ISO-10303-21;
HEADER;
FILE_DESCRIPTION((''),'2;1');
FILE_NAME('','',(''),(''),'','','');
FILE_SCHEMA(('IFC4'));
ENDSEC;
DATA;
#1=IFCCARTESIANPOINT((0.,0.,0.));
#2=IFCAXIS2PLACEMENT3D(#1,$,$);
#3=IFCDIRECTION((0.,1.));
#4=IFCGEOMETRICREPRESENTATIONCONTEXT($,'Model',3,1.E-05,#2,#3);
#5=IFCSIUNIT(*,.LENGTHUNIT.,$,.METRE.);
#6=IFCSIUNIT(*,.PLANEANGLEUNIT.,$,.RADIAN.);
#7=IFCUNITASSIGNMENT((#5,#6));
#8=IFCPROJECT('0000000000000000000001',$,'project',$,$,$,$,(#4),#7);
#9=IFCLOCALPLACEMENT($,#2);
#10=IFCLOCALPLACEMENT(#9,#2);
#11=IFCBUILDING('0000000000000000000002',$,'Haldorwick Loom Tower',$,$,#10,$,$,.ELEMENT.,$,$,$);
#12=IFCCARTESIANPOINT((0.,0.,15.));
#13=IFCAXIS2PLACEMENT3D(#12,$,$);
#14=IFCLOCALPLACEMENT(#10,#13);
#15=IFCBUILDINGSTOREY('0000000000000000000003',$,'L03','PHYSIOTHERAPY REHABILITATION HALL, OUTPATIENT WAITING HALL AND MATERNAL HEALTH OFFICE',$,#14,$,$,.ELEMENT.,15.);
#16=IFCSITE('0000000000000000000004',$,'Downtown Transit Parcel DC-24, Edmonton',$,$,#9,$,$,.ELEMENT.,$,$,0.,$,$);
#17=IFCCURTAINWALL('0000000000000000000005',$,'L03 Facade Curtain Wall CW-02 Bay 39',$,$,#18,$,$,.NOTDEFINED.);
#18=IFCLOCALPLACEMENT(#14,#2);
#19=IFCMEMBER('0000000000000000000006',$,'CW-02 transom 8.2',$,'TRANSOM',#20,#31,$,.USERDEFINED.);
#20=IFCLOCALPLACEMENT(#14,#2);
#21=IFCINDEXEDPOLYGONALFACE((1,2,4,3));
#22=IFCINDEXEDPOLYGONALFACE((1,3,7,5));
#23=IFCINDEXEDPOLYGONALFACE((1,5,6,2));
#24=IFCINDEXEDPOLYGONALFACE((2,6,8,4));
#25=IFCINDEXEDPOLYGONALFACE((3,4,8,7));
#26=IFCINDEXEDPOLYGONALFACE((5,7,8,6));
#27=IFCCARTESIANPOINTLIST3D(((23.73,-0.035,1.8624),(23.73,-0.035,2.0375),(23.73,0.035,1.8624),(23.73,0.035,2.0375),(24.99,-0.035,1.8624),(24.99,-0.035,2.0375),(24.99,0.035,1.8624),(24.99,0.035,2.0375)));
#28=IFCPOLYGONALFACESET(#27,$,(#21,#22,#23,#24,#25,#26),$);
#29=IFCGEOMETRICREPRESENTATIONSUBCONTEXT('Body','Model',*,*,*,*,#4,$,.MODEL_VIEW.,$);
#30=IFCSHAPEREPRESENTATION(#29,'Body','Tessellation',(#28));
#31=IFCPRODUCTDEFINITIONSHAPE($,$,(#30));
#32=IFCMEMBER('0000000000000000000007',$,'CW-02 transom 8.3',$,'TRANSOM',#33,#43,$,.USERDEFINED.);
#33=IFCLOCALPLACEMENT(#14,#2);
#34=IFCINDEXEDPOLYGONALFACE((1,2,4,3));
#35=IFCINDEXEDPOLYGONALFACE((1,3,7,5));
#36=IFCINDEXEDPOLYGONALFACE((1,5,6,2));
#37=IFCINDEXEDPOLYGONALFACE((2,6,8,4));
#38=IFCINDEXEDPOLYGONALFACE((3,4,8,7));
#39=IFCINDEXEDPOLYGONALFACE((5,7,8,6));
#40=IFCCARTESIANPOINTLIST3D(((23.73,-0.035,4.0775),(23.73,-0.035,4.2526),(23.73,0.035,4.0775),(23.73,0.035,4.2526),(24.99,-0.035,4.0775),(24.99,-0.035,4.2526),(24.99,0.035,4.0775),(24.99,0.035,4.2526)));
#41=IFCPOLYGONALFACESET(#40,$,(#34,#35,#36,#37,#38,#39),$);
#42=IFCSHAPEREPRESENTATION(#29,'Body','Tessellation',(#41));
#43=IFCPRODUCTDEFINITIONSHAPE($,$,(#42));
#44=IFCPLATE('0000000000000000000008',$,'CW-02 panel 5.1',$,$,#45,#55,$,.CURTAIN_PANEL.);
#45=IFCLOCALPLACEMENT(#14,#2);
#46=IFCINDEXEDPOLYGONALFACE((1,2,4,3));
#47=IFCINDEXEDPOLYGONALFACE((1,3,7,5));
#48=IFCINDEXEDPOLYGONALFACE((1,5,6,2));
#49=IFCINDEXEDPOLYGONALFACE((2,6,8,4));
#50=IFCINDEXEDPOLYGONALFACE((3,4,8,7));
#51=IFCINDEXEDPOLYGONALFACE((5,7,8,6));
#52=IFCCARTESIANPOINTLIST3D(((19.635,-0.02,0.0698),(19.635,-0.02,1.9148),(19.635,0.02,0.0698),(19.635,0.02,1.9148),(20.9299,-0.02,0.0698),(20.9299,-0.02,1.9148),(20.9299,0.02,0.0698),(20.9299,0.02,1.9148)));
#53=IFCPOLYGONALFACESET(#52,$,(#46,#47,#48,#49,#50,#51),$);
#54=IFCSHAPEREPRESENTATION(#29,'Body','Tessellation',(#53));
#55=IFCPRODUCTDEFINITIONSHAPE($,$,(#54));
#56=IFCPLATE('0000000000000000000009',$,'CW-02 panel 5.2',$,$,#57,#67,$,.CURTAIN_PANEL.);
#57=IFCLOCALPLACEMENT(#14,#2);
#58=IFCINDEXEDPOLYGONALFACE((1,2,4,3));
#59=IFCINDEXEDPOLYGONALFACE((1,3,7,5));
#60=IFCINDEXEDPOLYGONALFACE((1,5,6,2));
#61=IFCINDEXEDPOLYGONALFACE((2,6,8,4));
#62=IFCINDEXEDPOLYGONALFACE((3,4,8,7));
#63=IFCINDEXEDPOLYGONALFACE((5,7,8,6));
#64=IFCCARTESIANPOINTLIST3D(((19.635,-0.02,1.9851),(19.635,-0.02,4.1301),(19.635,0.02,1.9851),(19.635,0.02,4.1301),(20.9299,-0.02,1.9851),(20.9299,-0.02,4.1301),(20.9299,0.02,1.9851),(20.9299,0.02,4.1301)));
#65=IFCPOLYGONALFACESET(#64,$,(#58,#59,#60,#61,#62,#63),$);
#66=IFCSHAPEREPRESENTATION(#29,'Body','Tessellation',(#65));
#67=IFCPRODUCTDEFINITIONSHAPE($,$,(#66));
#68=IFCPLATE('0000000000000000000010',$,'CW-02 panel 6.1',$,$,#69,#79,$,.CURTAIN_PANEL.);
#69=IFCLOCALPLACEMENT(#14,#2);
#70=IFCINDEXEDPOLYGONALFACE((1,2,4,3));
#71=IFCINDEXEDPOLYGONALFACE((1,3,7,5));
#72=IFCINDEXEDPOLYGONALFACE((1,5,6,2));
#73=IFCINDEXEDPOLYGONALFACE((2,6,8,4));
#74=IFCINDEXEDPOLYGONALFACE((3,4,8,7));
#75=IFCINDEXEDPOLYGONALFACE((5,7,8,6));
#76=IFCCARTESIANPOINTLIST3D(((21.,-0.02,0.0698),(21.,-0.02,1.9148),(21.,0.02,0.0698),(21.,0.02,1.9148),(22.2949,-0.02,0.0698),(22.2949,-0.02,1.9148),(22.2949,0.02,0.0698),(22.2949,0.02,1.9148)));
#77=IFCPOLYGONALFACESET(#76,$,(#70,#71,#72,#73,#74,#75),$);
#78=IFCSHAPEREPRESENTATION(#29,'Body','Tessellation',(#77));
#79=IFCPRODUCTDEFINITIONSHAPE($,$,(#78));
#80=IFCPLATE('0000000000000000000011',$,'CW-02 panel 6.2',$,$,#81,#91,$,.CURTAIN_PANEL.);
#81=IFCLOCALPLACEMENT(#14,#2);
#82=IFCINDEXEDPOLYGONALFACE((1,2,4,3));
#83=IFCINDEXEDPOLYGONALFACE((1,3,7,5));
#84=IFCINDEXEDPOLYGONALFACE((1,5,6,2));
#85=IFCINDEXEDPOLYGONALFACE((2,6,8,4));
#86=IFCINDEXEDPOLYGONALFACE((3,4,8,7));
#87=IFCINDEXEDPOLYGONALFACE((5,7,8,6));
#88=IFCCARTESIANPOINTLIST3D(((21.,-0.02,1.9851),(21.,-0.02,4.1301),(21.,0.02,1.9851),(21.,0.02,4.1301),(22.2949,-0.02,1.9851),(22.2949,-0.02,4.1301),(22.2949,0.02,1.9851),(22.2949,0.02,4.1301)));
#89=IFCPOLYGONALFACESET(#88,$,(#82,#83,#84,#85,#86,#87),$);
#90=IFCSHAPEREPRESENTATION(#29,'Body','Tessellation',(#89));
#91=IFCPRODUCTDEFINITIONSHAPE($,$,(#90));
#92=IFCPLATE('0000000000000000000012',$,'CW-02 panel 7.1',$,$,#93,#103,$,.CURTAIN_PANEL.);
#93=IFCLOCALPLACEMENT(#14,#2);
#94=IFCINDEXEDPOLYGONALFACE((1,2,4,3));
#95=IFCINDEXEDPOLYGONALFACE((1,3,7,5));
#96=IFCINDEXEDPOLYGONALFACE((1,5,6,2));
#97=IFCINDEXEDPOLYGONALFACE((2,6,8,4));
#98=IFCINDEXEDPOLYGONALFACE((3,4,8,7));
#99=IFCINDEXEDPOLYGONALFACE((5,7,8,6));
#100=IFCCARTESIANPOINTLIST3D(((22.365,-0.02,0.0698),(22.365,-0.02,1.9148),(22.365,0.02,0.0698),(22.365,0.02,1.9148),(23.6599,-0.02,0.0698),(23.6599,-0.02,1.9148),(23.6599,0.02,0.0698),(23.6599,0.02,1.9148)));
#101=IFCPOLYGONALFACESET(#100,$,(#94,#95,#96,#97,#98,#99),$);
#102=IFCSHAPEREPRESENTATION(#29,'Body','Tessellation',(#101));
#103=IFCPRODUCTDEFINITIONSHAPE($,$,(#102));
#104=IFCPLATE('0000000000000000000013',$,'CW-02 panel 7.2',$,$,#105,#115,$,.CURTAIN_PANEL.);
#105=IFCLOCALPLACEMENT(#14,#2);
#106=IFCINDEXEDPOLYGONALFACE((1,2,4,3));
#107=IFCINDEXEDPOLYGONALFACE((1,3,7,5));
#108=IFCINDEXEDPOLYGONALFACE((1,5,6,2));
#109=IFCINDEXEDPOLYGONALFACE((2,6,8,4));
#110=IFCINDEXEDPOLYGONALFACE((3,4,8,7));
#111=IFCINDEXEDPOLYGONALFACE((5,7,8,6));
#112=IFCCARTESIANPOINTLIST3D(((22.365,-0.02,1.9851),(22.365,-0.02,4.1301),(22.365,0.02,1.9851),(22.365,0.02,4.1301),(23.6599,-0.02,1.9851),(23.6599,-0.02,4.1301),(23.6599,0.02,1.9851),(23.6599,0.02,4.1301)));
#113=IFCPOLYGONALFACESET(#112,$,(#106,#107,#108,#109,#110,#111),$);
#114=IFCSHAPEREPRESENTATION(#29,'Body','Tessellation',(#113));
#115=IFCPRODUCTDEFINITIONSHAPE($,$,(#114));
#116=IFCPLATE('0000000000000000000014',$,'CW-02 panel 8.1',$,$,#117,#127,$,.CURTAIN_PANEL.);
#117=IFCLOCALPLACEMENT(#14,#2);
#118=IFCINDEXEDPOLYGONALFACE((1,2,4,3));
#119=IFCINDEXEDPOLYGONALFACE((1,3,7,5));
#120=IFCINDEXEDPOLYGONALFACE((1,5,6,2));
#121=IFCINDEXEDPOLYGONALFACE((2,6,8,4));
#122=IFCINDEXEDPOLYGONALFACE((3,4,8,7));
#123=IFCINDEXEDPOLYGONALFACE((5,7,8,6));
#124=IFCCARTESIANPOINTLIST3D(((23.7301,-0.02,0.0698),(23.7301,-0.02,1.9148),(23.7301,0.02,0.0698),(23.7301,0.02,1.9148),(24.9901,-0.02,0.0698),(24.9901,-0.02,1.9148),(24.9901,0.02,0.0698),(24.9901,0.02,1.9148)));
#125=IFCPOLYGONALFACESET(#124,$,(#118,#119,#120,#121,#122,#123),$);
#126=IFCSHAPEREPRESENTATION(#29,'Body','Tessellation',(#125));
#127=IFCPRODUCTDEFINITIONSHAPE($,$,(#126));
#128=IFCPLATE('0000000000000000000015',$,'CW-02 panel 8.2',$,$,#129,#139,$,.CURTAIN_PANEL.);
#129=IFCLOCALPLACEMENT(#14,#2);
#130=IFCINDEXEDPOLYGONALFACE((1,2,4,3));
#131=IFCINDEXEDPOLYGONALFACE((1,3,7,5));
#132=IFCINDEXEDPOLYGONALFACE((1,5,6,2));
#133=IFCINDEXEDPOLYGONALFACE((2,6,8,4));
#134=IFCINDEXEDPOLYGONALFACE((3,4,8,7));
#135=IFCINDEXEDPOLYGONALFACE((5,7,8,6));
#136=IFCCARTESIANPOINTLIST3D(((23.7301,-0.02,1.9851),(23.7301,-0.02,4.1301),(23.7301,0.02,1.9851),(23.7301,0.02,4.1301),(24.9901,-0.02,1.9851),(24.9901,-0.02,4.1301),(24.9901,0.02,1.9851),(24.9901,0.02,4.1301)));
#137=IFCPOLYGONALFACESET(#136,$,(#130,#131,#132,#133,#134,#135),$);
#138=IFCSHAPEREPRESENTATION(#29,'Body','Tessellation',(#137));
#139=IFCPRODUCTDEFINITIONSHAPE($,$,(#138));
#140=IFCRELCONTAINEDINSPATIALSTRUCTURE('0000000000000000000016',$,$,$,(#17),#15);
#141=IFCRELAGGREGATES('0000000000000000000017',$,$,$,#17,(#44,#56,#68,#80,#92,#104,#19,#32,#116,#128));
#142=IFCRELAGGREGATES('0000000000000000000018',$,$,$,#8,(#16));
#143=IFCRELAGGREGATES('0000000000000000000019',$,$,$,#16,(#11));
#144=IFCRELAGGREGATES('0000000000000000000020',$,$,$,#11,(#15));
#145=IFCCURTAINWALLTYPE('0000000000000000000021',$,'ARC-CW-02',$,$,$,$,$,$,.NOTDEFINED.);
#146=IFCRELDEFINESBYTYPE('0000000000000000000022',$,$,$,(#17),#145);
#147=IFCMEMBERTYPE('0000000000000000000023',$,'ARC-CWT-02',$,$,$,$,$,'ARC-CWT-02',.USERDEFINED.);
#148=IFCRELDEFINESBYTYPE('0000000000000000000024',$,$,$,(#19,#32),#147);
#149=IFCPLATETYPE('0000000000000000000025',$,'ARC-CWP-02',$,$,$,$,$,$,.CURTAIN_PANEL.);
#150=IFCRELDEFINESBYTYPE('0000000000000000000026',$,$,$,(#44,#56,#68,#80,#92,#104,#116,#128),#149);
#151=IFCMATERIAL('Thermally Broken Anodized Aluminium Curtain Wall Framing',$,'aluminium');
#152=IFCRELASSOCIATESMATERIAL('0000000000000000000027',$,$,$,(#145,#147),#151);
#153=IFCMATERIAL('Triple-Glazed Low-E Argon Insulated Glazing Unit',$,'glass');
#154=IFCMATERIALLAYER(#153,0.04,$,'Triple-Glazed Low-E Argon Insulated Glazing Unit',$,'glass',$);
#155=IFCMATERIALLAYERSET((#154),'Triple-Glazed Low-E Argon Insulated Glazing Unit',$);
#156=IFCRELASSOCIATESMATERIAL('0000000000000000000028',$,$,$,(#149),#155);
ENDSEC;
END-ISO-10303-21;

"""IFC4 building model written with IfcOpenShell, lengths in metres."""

from ifc_helpers import new_model, si_unit, direction, frame, origin, origin_2d, place, context, subcontext, project, spatial, rectangle, extrude, material, layer, layer_set, material_profile, profile_set, type_object, element, aggregate, save


model = new_model("IFC4")

# Units and contexts
model_context = context("Model", 3, precision=1e-05, world=origin(), true_north=direction((0.0, 1.0)))
body_context = subcontext(model_context, "Body", "Model", "MODEL_VIEW")
ifc_project = project(units=[si_unit("LENGTHUNIT", "METRE"), si_unit("PLANEANGLEUNIT", "RADIAN")], contexts=[model_context])

# Site, building, storey
site_placement = place(None, origin())
site = spatial("IfcSite", under=ifc_project, at=site_placement, Name="Downtown Transit Parcel DC-24, Edmonton", CompositionType="ELEMENT", RefElevation=0.0)
building_placement = place(site_placement, origin())
building = spatial("IfcBuilding", under=site, at=building_placement, Name="Haldorwick Loom Tower", CompositionType="ELEMENT")
storey_placement = place(building_placement, frame((0.0, 0.0, 15.0)))
storey = spatial("IfcBuildingStorey", under=building, at=storey_placement, Name="L03", Description="PHYSIOTHERAPY REHABILITATION HALL, OUTPATIENT WAITING HALL AND MATERNAL HEALTH OFFICE", CompositionType="ELEMENT", Elevation=15.0)

# Curtain wall, members, plates
ifc_material_1 = material(Name="Thermally Broken Anodized Aluminium Curtain Wall Framing", Category="aluminium")
curtain_wall_type = type_object("IfcCurtainWallType", Name="ARC-CW-02", PredefinedType="NOTDEFINED", material=ifc_material_1)
curtain_wall_placement = place(storey_placement, origin())
curtain_wall = element("IfcCurtainWall", 1, at=curtain_wall_placement, inside=storey, type_object=curtain_wall_type, Name="L03 Facade Curtain Wall CW-02 Bay 39", PredefinedType="NOTDEFINED")
ifc_material_profile_1 = material_profile(ifc_material_1, rectangle(XDim=0.0701, YDim=0.175, at=origin_2d()), Name="ALU_TRN_70X175", Category="aluminium")
ifc_profile_set_1 = profile_set([ifc_material_profile_1], Name="Thermally Broken Anodized Aluminium Curtain Wall Framing")
member_type_1 = type_object("IfcMemberType", Name="ARC-CWT-02", ElementType="ARC-CWT-02", PredefinedType="USERDEFINED", material=ifc_profile_set_1)
member_1_placement = place(storey_placement, frame((23.73, 0.0, 1.95), z_axis=(1.0, 0.0, 0.0), x_axis=(0.0, 1.0, 0.0)))
member_1 = element("IfcMember", 2, at=member_1_placement, type_object=member_type_1, Name="CW-02 transom 8.2", ObjectType="TRANSOM", PredefinedType="USERDEFINED", context=body_context, shape_type="SweptSolid", body=[
    extrude(rectangle(XDim=0.0701, YDim=0.175, at=origin_2d()), origin(), (0.0, 0.0, 1.0), 1.26),
])
member_2_placement = place(storey_placement, frame((23.73, 0.0, 4.165), z_axis=(1.0, 0.0, 0.0), x_axis=(0.0, 1.0, 0.0)))
member_2 = element("IfcMember", 3, at=member_2_placement, type_object=member_type_1, Name="CW-02 transom 8.3", ObjectType="TRANSOM", PredefinedType="USERDEFINED", context=body_context, shape_type="SweptSolid", body=[
    extrude(rectangle(XDim=0.0701, YDim=0.175, at=origin_2d()), origin(), (0.0, 0.0, 1.0), 1.26),
])
ifc_material_2 = material(Name="Triple-Glazed Low-E Argon Insulated Glazing Unit", Category="glass")
ifc_layer = layer(ifc_material_2, 0.04, Name="Triple-Glazed Low-E Argon Insulated Glazing Unit", Category="glass")
ifc_layer_set = layer_set([ifc_layer], Name="Triple-Glazed Low-E Argon Insulated Glazing Unit")
plate_type = type_object("IfcPlateType", Name="ARC-CWP-02", PredefinedType="CURTAIN_PANEL", material=ifc_layer_set)
plate_1_placement = place(storey_placement, frame((20.2825, 0.0, 0.0698), z_axis=(0.0, 0.0, 1.0), x_axis=(1.0, 0.0, 0.0)))
plate_1 = element("IfcPlate", 4, at=plate_1_placement, type_object=plate_type, Name="CW-02 panel 5.1", PredefinedType="CURTAIN_PANEL", context=body_context, shape_type="SweptSolid", body=[
    extrude(rectangle(XDim=1.2949, YDim=0.04, at=origin_2d()), origin(), (0.0, 0.0, 1.0), 1.845),
])
plate_2_placement = place(storey_placement, frame((20.2825, 0.0, 1.9851), z_axis=(0.0, 0.0, 1.0), x_axis=(1.0, 0.0, 0.0)))
plate_2 = element("IfcPlate", 5, at=plate_2_placement, type_object=plate_type, Name="CW-02 panel 5.2", PredefinedType="CURTAIN_PANEL", context=body_context, shape_type="SweptSolid", body=[
    extrude(rectangle(XDim=1.2949, YDim=0.04, at=origin_2d()), origin(), (0.0, 0.0, 1.0), 2.145),
])
plate_3_placement = place(storey_placement, frame((21.6475, 0.0, 0.0698), z_axis=(0.0, 0.0, 1.0), x_axis=(1.0, 0.0, 0.0)))
plate_3 = element("IfcPlate", 6, at=plate_3_placement, type_object=plate_type, Name="CW-02 panel 6.1", PredefinedType="CURTAIN_PANEL", context=body_context, shape_type="SweptSolid", body=[
    extrude(rectangle(XDim=1.2949, YDim=0.04, at=origin_2d()), origin(), (0.0, 0.0, 1.0), 1.845),
])
plate_4_placement = place(storey_placement, frame((21.6475, 0.0, 1.9851), z_axis=(0.0, 0.0, 1.0), x_axis=(1.0, 0.0, 0.0)))
plate_4 = element("IfcPlate", 7, at=plate_4_placement, type_object=plate_type, Name="CW-02 panel 6.2", PredefinedType="CURTAIN_PANEL", context=body_context, shape_type="SweptSolid", body=[
    extrude(rectangle(XDim=1.2949, YDim=0.04, at=origin_2d()), origin(), (0.0, 0.0, 1.0), 2.145),
])
plate_5_placement = place(storey_placement, frame((23.0125, 0.0, 0.0698), z_axis=(0.0, 0.0, 1.0), x_axis=(1.0, 0.0, 0.0)))
plate_5 = element("IfcPlate", 8, at=plate_5_placement, type_object=plate_type, Name="CW-02 panel 7.1", PredefinedType="CURTAIN_PANEL", context=body_context, shape_type="SweptSolid", body=[
    extrude(rectangle(XDim=1.2949, YDim=0.04, at=origin_2d()), origin(), (0.0, 0.0, 1.0), 1.845),
])
plate_6_placement = place(storey_placement, frame((23.0125, 0.0, 1.9851), z_axis=(0.0, 0.0, 1.0), x_axis=(1.0, 0.0, 0.0)))
plate_6 = element("IfcPlate", 9, at=plate_6_placement, type_object=plate_type, Name="CW-02 panel 7.2", PredefinedType="CURTAIN_PANEL", context=body_context, shape_type="SweptSolid", body=[
    extrude(rectangle(XDim=1.2949, YDim=0.04, at=origin_2d()), origin(), (0.0, 0.0, 1.0), 2.145),
])
plate_7_placement = place(storey_placement, frame((24.3601, 0.0, 0.0698), z_axis=(0.0, 0.0, 1.0), x_axis=(1.0, 0.0, 0.0)))
plate_7 = element("IfcPlate", 10, at=plate_7_placement, type_object=plate_type, Name="CW-02 panel 8.1", PredefinedType="CURTAIN_PANEL", context=body_context, shape_type="SweptSolid", body=[
    extrude(rectangle(XDim=1.26, YDim=0.04, at=origin_2d()), origin(), (0.0, 0.0, 1.0), 1.845),
])
plate_8_placement = place(storey_placement, frame((24.3601, 0.0, 1.9851), z_axis=(0.0, 0.0, 1.0), x_axis=(1.0, 0.0, 0.0)))
plate_8 = element("IfcPlate", 11, at=plate_8_placement, type_object=plate_type, Name="CW-02 panel 8.2", PredefinedType="CURTAIN_PANEL", context=body_context, shape_type="SweptSolid", body=[
    extrude(rectangle(XDim=1.26, YDim=0.04, at=origin_2d()), origin(), (0.0, 0.0, 1.0), 2.145),
])
aggregate(curtain_wall, [plate_1, plate_2, plate_3, plate_4, plate_5, plate_6, member_1, member_2, plate_7, plate_8])

save(model, "model.ifc")
